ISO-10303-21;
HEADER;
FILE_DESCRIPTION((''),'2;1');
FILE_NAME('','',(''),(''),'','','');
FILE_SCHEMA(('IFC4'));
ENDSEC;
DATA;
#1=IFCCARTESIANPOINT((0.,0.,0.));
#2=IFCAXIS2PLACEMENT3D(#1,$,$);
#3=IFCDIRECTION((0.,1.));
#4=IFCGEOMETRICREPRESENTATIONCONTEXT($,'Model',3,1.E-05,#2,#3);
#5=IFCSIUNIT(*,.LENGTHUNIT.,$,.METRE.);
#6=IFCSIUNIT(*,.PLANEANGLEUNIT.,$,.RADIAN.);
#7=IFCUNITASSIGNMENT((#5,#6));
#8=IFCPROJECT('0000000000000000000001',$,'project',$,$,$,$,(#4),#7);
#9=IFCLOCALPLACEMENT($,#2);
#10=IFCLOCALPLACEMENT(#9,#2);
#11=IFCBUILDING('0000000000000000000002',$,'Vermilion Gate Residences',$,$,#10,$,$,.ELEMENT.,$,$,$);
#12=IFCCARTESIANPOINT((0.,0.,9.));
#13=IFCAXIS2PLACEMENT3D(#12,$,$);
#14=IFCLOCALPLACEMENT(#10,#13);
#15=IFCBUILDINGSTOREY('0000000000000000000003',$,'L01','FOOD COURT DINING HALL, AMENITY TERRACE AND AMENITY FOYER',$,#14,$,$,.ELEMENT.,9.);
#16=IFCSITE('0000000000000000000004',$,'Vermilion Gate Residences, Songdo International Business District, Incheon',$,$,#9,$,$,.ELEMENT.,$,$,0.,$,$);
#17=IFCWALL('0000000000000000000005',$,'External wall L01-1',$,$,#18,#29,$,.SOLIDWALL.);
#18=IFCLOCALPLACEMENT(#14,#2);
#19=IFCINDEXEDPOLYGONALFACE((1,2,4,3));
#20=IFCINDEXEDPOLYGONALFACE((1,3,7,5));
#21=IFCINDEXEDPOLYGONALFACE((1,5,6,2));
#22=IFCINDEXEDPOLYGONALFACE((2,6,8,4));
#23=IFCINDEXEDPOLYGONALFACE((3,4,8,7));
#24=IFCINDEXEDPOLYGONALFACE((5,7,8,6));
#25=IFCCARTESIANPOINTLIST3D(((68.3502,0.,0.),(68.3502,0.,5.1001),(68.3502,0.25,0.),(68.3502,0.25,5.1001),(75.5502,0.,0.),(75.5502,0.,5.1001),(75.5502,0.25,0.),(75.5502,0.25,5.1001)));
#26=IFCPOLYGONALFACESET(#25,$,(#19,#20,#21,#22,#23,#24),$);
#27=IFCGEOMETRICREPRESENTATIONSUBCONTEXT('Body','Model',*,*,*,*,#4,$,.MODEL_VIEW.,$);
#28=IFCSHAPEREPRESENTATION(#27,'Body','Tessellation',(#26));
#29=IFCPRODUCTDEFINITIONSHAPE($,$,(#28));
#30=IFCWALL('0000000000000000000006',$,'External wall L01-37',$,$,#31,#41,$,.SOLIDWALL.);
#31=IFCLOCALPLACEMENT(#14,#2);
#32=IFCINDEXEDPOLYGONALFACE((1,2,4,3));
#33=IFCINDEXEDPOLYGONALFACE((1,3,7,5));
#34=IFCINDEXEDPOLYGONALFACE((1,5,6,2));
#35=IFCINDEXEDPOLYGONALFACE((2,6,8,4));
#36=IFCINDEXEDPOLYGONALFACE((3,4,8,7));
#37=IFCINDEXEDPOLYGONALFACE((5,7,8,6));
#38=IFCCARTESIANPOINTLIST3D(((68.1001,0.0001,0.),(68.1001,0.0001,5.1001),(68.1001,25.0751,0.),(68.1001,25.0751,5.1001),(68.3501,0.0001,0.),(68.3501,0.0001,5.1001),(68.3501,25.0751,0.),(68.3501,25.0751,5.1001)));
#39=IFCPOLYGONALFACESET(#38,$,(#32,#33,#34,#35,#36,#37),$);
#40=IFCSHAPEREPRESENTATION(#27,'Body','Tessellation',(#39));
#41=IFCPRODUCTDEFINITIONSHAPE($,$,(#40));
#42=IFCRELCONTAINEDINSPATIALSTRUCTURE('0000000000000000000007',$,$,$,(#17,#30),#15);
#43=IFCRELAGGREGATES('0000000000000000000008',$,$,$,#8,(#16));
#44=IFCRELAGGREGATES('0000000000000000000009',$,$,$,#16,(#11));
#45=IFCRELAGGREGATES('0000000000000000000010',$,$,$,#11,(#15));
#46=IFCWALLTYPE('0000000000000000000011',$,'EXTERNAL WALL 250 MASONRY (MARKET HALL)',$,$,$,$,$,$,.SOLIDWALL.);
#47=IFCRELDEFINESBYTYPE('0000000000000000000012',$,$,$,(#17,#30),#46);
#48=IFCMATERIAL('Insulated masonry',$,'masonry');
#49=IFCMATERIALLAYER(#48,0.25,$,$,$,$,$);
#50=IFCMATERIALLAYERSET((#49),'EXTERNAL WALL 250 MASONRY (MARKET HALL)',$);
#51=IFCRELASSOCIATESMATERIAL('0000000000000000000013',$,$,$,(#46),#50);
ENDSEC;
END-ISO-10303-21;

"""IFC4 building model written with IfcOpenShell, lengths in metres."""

from ifc_helpers import new_model, si_unit, direction, frame, frame_2d, origin, place, context, subcontext, project, spatial, rectangle, extrude, material, layer, layer_set, type_object, element, save


model = new_model("IFC4")

# Units and contexts
model_context = context("Model", 3, precision=1e-05, world=origin(), true_north=direction((0.0, 1.0)))
body_context = subcontext(model_context, "Body", "Model", "MODEL_VIEW")
ifc_project = project(units=[si_unit("LENGTHUNIT", "METRE"), si_unit("PLANEANGLEUNIT", "RADIAN")], contexts=[model_context])

# Site, building, storey
site_placement = place(None, origin())
site = spatial("IfcSite", under=ifc_project, at=site_placement, Name="Vermilion Gate Residences, Songdo International Business District, Incheon", CompositionType="ELEMENT", RefElevation=0.0)
building_placement = place(site_placement, origin())
building = spatial("IfcBuilding", under=site, at=building_placement, Name="Vermilion Gate Residences", CompositionType="ELEMENT")
storey_placement = place(building_placement, frame((0.0, 0.0, 9.0)))
storey = spatial("IfcBuildingStorey", under=building, at=storey_placement, Name="L01", Description="FOOD COURT DINING HALL, AMENITY TERRACE AND AMENITY FOYER", CompositionType="ELEMENT", Elevation=9.0)

# Walls
ifc_material_1 = material(Name="Insulated masonry", Category="masonry")
ifc_layer_1 = layer(ifc_material_1, 0.25)
ifc_layer_set_1 = layer_set([ifc_layer_1], Name="EXTERNAL WALL 250 MASONRY (MARKET HALL)")
wall_type_1 = type_object("IfcWallType", Name="EXTERNAL WALL 250 MASONRY (MARKET HALL)", PredefinedType="SOLIDWALL", material=ifc_layer_set_1)
wall_1_placement = place(storey_placement, frame((68.3501, 0.125, 0.0), z_axis=(0.0, 0.0, 1.0), x_axis=(1.0, 0.0, 0.0)))
element("IfcWall", 1, at=wall_1_placement, inside=storey, type_object=wall_type_1, Name="External wall L01-1", PredefinedType="SOLIDWALL", context=body_context, shape_type="SweptSolid", body=[
    extrude(rectangle(XDim=7.2, YDim=0.25, at=frame_2d((3.6001, 0.0))), origin(), (0.0, 0.0, 1.0), 5.1001),
])
wall_2_placement = place(storey_placement, frame((68.2251, 0.0, 0.0), z_axis=(0.0, 0.0, 1.0), x_axis=(0.0, 1.0, 0.0)))
element("IfcWall", 2, at=wall_2_placement, inside=storey, type_object=wall_type_1, Name="External wall L01-37", PredefinedType="SOLIDWALL", context=body_context, shape_type="SweptSolid", body=[
    extrude(rectangle(XDim=25.075, YDim=0.25, at=frame_2d((12.5376, 0.0))), origin(), (0.0, 0.0, 1.0), 5.1001),
])

save(model, "model.ifc")
